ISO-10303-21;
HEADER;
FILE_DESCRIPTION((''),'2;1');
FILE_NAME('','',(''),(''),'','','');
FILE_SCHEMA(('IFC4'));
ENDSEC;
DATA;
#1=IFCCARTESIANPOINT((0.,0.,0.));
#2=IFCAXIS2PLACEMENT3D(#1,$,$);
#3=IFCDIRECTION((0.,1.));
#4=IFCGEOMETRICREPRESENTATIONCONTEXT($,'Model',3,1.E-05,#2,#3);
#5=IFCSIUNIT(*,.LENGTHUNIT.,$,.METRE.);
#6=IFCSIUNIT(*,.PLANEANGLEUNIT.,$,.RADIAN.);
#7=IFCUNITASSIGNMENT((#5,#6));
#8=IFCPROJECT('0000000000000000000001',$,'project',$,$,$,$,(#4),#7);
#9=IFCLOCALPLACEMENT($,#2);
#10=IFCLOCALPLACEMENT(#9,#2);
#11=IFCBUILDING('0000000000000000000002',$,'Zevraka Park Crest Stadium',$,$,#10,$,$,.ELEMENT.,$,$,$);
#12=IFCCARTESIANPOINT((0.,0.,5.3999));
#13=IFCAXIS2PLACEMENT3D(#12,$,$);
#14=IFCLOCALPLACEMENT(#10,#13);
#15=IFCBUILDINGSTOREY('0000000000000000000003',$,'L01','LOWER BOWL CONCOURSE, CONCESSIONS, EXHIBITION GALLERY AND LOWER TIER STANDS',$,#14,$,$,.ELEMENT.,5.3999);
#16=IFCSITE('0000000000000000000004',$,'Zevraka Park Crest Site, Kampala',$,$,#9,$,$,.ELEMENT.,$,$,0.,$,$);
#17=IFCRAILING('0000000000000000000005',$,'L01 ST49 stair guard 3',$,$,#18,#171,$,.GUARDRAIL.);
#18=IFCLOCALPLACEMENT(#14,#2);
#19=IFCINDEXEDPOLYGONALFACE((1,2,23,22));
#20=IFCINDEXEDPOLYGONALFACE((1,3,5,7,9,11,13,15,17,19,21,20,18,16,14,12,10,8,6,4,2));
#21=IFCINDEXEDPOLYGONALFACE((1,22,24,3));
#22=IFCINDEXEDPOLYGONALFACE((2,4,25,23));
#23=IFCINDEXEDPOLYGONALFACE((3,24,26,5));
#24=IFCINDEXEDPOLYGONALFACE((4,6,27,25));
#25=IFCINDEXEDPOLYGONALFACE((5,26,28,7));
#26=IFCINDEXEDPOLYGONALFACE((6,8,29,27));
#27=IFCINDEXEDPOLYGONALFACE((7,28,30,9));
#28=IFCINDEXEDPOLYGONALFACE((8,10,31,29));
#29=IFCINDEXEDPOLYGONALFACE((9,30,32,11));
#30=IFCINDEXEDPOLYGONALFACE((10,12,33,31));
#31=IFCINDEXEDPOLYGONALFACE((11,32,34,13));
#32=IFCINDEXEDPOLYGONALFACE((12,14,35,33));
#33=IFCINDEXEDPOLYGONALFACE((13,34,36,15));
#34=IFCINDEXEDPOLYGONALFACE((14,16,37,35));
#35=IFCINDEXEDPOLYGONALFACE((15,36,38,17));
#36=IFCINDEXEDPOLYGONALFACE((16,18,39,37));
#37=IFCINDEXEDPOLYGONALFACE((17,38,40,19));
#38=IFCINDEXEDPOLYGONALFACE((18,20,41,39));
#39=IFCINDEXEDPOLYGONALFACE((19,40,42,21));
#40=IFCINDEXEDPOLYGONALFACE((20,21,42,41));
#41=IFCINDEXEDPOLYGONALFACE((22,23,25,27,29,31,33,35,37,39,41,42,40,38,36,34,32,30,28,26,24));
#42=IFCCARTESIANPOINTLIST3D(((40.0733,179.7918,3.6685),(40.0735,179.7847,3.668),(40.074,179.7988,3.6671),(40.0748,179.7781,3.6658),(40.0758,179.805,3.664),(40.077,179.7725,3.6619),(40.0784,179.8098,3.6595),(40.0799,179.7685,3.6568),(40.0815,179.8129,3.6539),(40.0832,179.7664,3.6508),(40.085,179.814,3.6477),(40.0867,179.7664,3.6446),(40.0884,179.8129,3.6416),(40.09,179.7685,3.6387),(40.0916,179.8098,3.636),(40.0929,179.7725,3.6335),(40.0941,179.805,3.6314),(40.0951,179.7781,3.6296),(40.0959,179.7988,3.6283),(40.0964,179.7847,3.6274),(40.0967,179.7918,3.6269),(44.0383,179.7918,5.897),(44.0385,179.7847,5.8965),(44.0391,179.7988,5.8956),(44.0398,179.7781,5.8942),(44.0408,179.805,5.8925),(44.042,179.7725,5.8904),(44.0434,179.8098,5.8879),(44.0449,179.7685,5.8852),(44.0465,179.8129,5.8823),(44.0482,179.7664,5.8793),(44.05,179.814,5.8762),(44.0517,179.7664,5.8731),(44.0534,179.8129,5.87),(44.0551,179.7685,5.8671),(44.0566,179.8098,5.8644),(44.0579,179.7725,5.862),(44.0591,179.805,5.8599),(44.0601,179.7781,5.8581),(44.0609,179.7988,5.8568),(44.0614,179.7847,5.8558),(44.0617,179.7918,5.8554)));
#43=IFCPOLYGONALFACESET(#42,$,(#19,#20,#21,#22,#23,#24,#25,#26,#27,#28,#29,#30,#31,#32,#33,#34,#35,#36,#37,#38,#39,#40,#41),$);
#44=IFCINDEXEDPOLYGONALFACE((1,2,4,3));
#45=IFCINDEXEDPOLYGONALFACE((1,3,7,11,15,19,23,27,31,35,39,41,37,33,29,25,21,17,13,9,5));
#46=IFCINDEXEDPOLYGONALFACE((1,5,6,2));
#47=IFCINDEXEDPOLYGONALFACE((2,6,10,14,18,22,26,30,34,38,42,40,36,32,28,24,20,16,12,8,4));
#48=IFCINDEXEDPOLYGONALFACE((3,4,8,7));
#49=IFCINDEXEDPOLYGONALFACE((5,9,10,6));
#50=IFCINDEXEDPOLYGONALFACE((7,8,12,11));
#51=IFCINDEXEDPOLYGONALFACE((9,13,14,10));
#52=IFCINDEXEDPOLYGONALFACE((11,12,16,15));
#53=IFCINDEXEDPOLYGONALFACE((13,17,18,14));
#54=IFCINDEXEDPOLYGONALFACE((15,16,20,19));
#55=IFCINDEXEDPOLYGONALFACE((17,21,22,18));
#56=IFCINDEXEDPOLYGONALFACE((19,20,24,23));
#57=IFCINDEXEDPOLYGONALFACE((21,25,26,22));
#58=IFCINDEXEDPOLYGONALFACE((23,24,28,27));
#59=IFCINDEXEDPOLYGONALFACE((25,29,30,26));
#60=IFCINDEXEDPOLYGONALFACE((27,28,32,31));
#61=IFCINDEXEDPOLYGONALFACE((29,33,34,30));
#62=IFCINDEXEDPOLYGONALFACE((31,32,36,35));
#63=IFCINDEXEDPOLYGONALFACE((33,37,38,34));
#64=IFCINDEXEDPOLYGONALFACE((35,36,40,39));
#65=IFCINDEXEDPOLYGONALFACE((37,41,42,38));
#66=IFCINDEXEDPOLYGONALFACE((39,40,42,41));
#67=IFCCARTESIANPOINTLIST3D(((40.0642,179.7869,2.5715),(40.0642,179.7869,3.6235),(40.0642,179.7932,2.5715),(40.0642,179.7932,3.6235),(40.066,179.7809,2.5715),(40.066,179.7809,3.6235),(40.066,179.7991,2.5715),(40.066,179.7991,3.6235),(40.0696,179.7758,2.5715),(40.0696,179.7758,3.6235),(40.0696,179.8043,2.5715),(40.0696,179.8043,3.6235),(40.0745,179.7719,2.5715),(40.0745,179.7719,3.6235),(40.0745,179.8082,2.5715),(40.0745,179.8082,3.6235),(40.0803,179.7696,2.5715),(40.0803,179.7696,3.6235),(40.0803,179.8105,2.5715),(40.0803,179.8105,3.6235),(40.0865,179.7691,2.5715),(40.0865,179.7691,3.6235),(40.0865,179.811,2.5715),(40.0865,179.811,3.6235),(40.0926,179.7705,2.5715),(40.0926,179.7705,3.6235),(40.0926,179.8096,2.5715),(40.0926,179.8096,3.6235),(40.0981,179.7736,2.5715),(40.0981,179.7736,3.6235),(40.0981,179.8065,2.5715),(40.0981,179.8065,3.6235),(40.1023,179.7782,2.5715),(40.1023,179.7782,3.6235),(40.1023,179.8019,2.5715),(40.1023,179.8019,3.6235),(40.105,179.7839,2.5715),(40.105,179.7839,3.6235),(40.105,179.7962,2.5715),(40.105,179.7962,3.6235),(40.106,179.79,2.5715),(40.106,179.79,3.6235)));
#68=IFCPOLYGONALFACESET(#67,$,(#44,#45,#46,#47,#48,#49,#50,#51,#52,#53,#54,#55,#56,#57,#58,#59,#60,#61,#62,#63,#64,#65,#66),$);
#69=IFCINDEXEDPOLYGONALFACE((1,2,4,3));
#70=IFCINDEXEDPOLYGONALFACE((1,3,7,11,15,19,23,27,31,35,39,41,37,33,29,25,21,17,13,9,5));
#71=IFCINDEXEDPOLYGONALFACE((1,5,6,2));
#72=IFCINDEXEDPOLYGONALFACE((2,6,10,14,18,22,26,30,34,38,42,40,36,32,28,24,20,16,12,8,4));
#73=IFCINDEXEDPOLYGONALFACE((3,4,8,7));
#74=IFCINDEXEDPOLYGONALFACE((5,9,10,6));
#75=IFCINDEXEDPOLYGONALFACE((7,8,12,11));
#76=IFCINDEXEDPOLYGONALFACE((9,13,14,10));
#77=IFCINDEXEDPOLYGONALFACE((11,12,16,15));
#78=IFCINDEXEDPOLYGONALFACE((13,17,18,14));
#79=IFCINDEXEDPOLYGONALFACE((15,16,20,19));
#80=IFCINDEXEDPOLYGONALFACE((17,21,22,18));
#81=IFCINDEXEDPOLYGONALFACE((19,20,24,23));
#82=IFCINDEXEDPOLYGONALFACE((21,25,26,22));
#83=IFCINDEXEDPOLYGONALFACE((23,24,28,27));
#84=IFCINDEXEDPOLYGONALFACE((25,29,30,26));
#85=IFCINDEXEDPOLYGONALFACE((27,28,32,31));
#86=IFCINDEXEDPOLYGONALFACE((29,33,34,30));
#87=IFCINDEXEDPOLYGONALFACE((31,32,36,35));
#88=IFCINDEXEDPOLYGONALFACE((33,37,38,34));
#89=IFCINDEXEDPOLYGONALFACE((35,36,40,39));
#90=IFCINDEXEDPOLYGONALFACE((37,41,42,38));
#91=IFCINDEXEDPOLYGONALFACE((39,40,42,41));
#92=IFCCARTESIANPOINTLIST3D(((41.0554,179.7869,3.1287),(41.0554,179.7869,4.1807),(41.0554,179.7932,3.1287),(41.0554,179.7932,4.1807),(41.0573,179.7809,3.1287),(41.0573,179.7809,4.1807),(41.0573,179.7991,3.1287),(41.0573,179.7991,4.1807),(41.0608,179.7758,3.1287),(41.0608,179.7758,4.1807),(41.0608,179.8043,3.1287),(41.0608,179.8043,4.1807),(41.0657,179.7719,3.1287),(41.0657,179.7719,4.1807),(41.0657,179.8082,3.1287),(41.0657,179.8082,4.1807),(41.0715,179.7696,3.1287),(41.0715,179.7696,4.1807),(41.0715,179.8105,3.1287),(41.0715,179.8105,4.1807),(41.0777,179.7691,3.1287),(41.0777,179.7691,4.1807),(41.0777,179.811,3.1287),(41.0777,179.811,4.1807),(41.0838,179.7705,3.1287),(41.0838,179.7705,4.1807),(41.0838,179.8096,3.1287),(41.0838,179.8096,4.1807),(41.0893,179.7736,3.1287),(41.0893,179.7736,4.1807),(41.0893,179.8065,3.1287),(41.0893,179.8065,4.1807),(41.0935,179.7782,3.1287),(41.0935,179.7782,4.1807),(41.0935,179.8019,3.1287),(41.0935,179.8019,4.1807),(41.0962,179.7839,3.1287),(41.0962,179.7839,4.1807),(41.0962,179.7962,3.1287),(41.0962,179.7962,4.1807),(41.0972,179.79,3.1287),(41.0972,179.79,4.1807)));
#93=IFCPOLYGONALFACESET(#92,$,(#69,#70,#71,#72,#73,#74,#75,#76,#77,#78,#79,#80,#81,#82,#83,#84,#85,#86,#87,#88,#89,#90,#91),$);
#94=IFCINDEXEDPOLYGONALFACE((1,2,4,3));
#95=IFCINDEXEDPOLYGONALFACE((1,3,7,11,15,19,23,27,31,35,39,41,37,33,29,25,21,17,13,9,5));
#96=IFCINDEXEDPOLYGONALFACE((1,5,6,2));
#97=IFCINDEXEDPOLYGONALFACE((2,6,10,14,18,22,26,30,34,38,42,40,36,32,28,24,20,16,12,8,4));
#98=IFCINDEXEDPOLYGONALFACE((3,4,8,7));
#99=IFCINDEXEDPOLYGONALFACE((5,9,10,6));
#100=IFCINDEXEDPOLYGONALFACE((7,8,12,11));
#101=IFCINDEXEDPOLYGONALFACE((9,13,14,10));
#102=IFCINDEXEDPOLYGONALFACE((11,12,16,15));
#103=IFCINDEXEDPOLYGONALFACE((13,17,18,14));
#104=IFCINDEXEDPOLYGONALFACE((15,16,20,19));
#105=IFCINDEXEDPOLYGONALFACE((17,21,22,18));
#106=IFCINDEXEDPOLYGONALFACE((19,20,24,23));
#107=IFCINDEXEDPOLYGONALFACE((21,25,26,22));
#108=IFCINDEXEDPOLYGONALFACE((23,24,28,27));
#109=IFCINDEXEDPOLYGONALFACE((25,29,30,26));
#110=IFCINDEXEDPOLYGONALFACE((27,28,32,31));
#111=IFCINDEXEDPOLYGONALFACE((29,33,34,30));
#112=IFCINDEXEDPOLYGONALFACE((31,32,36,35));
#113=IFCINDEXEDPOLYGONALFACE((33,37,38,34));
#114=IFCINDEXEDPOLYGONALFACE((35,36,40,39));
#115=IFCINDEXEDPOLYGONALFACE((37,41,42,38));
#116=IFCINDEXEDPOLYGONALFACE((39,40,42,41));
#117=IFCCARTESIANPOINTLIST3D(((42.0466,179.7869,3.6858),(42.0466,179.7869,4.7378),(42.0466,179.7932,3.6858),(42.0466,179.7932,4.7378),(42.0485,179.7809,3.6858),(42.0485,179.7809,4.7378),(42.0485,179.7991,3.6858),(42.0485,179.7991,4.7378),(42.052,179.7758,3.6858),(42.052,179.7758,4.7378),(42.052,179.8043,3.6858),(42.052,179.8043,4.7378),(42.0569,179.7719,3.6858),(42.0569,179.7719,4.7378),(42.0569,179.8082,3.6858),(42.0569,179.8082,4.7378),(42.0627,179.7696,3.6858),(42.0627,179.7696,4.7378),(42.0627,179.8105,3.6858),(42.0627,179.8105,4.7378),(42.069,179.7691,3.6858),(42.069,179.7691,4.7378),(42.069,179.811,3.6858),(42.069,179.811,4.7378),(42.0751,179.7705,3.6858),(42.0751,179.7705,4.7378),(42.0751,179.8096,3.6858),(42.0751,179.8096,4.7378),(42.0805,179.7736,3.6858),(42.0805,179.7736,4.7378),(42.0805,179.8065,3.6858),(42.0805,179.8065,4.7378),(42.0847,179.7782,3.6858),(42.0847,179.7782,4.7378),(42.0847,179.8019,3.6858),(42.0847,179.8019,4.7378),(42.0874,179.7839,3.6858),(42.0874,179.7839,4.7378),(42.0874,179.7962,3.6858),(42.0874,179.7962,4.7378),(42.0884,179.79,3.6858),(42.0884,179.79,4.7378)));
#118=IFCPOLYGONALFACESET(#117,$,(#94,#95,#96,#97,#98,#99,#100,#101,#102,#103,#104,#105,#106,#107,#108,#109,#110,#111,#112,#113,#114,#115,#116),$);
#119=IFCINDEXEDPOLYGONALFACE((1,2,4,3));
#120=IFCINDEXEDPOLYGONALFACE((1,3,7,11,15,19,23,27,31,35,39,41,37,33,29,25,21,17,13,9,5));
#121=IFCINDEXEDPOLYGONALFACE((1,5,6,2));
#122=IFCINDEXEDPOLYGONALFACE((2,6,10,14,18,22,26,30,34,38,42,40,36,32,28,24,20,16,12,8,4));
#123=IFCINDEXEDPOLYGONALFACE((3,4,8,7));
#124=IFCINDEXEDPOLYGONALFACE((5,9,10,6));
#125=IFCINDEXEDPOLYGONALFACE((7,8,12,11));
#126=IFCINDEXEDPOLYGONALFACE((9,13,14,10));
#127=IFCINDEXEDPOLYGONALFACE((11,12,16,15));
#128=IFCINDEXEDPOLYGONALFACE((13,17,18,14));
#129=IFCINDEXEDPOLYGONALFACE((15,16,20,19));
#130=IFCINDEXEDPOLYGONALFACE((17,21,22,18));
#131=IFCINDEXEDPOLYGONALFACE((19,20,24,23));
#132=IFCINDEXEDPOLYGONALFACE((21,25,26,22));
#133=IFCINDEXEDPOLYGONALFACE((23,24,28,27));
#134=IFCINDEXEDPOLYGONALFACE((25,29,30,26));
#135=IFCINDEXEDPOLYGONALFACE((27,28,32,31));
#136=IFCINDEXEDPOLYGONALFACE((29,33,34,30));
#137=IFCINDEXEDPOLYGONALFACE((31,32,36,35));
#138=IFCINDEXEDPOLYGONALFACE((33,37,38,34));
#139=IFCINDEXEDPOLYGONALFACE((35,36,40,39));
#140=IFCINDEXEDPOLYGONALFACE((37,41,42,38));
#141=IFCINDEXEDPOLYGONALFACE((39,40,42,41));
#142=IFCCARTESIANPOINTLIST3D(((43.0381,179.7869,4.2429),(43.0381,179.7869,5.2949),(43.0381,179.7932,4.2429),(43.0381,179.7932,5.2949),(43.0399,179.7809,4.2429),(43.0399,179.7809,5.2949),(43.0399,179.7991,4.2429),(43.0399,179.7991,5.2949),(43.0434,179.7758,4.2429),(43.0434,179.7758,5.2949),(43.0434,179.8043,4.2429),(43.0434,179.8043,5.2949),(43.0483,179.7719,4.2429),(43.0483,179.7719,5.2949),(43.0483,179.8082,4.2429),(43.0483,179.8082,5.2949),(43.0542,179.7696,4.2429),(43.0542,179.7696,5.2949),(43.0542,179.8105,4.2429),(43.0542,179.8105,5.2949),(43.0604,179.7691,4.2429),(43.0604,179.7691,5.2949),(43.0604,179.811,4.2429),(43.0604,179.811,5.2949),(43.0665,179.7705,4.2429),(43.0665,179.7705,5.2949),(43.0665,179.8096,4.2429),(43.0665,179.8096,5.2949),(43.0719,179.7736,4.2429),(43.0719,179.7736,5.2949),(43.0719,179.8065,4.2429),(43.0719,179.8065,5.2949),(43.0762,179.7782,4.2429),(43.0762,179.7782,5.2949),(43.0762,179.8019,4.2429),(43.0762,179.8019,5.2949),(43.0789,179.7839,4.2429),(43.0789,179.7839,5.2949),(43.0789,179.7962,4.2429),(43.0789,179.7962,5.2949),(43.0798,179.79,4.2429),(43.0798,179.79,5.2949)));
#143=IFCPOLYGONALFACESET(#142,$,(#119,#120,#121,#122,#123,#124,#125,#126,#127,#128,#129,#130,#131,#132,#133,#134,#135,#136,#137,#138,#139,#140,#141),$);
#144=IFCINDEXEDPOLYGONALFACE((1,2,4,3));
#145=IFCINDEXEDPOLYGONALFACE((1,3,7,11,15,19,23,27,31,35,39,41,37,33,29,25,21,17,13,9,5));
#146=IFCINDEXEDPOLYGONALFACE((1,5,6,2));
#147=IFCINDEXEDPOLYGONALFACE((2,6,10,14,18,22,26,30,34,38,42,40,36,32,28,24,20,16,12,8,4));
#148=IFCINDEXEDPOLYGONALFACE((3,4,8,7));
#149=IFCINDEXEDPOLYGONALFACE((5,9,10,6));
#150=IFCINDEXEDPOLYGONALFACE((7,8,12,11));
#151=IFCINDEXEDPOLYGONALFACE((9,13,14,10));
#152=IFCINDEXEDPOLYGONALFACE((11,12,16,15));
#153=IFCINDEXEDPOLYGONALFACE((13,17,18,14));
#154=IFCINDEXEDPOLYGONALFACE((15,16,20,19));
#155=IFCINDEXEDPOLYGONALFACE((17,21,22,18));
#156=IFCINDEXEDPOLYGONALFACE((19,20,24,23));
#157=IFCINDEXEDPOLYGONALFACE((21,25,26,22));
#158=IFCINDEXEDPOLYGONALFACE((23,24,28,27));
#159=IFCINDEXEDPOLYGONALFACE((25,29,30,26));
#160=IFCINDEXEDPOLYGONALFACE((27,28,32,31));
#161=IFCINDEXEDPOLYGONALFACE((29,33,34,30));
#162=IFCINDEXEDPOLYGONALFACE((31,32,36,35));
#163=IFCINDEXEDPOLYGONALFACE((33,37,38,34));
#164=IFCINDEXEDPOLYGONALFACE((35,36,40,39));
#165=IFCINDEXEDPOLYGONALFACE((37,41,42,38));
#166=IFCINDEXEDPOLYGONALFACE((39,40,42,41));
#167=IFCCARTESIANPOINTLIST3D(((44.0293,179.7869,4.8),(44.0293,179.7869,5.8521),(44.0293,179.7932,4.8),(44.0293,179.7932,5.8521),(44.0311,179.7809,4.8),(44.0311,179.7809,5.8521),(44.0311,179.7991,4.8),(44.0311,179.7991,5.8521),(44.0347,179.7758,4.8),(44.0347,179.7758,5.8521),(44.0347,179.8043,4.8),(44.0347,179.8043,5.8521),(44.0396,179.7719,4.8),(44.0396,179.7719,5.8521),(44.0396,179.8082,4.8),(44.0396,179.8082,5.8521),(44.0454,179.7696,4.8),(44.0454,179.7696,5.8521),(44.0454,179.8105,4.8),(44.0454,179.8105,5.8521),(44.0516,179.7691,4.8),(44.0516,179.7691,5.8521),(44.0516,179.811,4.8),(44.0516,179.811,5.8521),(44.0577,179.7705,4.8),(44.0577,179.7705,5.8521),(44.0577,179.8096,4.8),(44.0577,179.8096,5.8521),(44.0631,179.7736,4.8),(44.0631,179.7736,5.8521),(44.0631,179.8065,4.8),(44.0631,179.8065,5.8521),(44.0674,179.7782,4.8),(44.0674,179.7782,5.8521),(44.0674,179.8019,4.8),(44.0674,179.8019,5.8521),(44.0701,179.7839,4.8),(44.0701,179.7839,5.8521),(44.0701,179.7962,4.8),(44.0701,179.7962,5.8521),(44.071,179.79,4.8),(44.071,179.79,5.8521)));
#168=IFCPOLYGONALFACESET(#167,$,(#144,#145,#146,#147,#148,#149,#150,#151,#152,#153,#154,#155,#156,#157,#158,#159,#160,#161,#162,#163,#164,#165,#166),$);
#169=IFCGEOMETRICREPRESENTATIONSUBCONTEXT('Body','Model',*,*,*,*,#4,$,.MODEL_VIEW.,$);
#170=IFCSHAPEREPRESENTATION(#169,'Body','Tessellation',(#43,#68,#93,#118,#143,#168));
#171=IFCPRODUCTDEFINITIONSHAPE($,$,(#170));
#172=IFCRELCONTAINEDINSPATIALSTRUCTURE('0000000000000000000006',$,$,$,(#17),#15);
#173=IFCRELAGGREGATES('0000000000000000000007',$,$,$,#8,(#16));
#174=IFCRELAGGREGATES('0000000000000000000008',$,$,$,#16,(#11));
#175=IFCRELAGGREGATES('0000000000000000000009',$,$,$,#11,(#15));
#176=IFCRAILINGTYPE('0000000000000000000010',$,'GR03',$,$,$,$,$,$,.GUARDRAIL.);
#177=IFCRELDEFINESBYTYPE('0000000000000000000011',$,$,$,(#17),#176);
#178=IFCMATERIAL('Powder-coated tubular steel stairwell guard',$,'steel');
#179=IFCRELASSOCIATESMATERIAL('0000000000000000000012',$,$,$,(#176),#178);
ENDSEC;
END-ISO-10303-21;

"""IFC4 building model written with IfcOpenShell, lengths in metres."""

from ifc_helpers import new_model, si_unit, direction, frame, origin, origin_2d, place, context, subcontext, project, spatial, circle, extrude, material, type_object, element, save


model = new_model("IFC4")

# Units and contexts
model_context = context("Model", 3, precision=1e-05, world=origin(), true_north=direction((0.0, 1.0)))
body_context = subcontext(model_context, "Body", "Model", "MODEL_VIEW")
ifc_project = project(units=[si_unit("LENGTHUNIT", "METRE"), si_unit("PLANEANGLEUNIT", "RADIAN")], contexts=[model_context])

# Site, building, storey
site_placement = place(None, origin())
site = spatial("IfcSite", under=ifc_project, at=site_placement, Name="Zevraka Park Crest Site, Kampala", CompositionType="ELEMENT", RefElevation=0.0)
building_placement = place(site_placement, origin())
building = spatial("IfcBuilding", under=site, at=building_placement, Name="Zevraka Park Crest Stadium", CompositionType="ELEMENT")
storey_placement = place(building_placement, frame((0.0, 0.0, 5.3999)))
storey = spatial("IfcBuildingStorey", under=building, at=storey_placement, Name="L01", Description="LOWER BOWL CONCOURSE, CONCESSIONS, EXHIBITION GALLERY AND LOWER TIER STANDS", CompositionType="ELEMENT", Elevation=5.3999)

# Railing
ifc_material_1 = material(Name="Powder-coated tubular steel stairwell guard", Category="steel")
railing_type_1 = type_object("IfcRailingType", Name="GR03", PredefinedType="GUARDRAIL", material=ifc_material_1)
railing_1_placement = place(storey_placement, frame((40.085, 179.79, 2.5715)))
element("IfcRailing", 1, at=railing_1_placement, inside=storey, type_object=railing_type_1, Name="L01 ST49 stair guard 3", PredefinedType="GUARDRAIL", context=body_context, shape_type="SweptSolid", body=[
    extrude(circle(Radius=0.0239, at=origin_2d()), frame((0.0, 0.0, 1.0762), z_axis=(0.871749, 0.0, 0.489953), x_axis=(0.0, 1.0, 0.0)), (0.0, 0.0, 1.0), 4.5483),
    extrude(circle(Radius=0.021, at=origin_2d()), origin(), (0.0, 0.0, 1.0), 1.052),
    extrude(circle(Radius=0.021, at=origin_2d()), frame((0.9912, 0.0, 0.5571)), (0.0, 0.0, 1.0), 1.052),
    extrude(circle(Radius=0.021, at=origin_2d()), frame((1.9824, 0.0, 1.1143)), (0.0, 0.0, 1.0), 1.052),
    extrude(circle(Radius=0.021, at=origin_2d()), frame((2.9739, 0.0, 1.6714)), (0.0, 0.0, 1.0), 1.052),
    extrude(circle(Radius=0.021, at=origin_2d()), frame((3.9651, 0.0, 2.2285)), (0.0, 0.0, 1.0), 1.052),
])

save(model, "model.ifc")
